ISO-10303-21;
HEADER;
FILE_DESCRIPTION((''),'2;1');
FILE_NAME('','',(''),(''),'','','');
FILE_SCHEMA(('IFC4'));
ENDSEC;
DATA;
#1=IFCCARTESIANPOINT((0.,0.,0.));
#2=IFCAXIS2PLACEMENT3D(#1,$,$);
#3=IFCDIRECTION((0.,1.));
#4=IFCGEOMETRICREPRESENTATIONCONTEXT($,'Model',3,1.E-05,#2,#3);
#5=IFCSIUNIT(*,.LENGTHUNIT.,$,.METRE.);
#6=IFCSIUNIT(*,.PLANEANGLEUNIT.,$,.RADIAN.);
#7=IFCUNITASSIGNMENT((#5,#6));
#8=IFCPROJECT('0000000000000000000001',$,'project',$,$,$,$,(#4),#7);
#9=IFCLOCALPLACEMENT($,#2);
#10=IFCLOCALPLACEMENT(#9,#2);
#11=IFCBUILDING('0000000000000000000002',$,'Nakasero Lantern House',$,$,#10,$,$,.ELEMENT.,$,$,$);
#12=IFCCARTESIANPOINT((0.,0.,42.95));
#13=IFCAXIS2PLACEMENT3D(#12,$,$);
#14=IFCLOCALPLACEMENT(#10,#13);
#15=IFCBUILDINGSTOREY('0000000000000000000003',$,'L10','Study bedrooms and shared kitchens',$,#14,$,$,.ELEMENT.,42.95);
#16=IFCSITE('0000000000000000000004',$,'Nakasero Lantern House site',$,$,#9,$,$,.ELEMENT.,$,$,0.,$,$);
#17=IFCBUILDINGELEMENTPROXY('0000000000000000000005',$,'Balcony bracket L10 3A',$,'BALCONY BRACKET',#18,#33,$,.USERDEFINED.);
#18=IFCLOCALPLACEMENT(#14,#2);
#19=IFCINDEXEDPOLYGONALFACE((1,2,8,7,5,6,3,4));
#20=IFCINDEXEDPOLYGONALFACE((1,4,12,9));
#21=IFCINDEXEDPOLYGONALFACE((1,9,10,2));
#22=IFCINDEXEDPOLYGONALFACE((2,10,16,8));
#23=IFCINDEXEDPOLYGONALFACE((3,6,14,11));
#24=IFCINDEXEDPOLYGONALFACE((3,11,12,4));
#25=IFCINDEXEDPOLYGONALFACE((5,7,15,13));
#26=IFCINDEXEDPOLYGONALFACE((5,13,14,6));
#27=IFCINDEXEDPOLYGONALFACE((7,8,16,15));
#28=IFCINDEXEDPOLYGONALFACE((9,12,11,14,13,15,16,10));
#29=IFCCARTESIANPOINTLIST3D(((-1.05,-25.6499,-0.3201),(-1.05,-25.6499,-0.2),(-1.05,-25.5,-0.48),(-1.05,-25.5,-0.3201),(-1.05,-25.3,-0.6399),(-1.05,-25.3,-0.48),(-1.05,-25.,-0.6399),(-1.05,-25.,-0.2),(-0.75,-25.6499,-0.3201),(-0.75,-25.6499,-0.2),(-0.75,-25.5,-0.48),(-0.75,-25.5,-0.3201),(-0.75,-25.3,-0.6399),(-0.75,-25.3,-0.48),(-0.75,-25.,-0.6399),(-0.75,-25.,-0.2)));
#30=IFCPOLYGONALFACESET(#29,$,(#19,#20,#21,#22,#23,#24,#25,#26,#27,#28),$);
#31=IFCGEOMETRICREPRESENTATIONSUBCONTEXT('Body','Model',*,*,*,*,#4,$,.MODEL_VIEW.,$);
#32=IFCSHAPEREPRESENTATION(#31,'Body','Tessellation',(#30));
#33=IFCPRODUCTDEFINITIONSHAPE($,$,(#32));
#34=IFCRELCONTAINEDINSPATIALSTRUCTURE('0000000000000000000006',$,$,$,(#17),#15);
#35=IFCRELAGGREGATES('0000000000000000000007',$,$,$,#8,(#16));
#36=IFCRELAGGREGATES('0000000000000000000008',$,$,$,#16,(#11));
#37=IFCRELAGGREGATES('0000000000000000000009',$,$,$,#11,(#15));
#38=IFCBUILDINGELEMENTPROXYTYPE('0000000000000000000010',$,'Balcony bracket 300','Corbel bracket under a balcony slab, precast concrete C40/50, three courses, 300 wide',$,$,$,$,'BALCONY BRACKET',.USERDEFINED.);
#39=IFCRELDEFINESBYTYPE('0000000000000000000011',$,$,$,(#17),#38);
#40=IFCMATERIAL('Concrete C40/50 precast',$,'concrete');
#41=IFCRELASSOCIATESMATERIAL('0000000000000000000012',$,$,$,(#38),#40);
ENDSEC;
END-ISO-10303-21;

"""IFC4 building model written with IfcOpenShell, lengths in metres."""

from ifc_helpers import new_model, si_unit, direction, frame, origin, place, context, subcontext, project, spatial, polyline, outline, extrude, material, type_object, element, save


model = new_model("IFC4")

# Units and contexts
model_context = context("Model", 3, precision=1e-05, world=origin(), true_north=direction((0.0, 1.0)))
body_context = subcontext(model_context, "Body", "Model", "MODEL_VIEW")
ifc_project = project(units=[si_unit("LENGTHUNIT", "METRE"), si_unit("PLANEANGLEUNIT", "RADIAN")], contexts=[model_context])

# Site, building, storey
site_placement = place(None, origin())
site = spatial("IfcSite", under=ifc_project, at=site_placement, Name="Nakasero Lantern House site", CompositionType="ELEMENT", RefElevation=0.0)
building_placement = place(site_placement, origin())
building = spatial("IfcBuilding", under=site, at=building_placement, Name="Nakasero Lantern House", CompositionType="ELEMENT")
storey_placement = place(building_placement, frame((0.0, 0.0, 42.95)))
storey = spatial("IfcBuildingStorey", under=building, at=storey_placement, Name="L10", Description="Study bedrooms and shared kitchens", CompositionType="ELEMENT", Elevation=42.95)

# Building element proxy
ifc_material_1 = material(Name="Concrete C40/50 precast", Category="concrete")
building_element_proxy_type = type_object("IfcBuildingElementProxyType", Name="Balcony bracket 300", Description="Corbel bracket under a balcony slab, precast concrete C40/50, three courses, 300 wide", ElementType="BALCONY BRACKET", PredefinedType="USERDEFINED", material=ifc_material_1)
proxy_placement = place(storey_placement, frame((-0.8999, -25.0, -0.2), z_axis=(0.0, 0.0, 1.0), x_axis=(0.0, -1.0, 0.0)))
element("IfcBuildingElementProxy", 1, at=proxy_placement, inside=storey, type_object=building_element_proxy_type, Name="Balcony bracket L10 3A", ObjectType="BALCONY BRACKET", PredefinedType="USERDEFINED", context=body_context, shape_type="SweptSolid", body=[
    extrude(outline(polyline([(0.0, 0.0), (0.6499, 0.0), (0.6499, -0.1201), (0.5, -0.1201), (0.5, -0.28), (0.3, -0.28), (0.3, -0.4399), (0.0, -0.4399), (0.0, 0.0)])), frame((0.0, 0.1499, 0.0), z_axis=(0.0, -1.0, 0.0), x_axis=(1.0, 0.0, 0.0)), (0.0, 0.0, 1.0), 0.3),
])

save(model, "model.ifc")
